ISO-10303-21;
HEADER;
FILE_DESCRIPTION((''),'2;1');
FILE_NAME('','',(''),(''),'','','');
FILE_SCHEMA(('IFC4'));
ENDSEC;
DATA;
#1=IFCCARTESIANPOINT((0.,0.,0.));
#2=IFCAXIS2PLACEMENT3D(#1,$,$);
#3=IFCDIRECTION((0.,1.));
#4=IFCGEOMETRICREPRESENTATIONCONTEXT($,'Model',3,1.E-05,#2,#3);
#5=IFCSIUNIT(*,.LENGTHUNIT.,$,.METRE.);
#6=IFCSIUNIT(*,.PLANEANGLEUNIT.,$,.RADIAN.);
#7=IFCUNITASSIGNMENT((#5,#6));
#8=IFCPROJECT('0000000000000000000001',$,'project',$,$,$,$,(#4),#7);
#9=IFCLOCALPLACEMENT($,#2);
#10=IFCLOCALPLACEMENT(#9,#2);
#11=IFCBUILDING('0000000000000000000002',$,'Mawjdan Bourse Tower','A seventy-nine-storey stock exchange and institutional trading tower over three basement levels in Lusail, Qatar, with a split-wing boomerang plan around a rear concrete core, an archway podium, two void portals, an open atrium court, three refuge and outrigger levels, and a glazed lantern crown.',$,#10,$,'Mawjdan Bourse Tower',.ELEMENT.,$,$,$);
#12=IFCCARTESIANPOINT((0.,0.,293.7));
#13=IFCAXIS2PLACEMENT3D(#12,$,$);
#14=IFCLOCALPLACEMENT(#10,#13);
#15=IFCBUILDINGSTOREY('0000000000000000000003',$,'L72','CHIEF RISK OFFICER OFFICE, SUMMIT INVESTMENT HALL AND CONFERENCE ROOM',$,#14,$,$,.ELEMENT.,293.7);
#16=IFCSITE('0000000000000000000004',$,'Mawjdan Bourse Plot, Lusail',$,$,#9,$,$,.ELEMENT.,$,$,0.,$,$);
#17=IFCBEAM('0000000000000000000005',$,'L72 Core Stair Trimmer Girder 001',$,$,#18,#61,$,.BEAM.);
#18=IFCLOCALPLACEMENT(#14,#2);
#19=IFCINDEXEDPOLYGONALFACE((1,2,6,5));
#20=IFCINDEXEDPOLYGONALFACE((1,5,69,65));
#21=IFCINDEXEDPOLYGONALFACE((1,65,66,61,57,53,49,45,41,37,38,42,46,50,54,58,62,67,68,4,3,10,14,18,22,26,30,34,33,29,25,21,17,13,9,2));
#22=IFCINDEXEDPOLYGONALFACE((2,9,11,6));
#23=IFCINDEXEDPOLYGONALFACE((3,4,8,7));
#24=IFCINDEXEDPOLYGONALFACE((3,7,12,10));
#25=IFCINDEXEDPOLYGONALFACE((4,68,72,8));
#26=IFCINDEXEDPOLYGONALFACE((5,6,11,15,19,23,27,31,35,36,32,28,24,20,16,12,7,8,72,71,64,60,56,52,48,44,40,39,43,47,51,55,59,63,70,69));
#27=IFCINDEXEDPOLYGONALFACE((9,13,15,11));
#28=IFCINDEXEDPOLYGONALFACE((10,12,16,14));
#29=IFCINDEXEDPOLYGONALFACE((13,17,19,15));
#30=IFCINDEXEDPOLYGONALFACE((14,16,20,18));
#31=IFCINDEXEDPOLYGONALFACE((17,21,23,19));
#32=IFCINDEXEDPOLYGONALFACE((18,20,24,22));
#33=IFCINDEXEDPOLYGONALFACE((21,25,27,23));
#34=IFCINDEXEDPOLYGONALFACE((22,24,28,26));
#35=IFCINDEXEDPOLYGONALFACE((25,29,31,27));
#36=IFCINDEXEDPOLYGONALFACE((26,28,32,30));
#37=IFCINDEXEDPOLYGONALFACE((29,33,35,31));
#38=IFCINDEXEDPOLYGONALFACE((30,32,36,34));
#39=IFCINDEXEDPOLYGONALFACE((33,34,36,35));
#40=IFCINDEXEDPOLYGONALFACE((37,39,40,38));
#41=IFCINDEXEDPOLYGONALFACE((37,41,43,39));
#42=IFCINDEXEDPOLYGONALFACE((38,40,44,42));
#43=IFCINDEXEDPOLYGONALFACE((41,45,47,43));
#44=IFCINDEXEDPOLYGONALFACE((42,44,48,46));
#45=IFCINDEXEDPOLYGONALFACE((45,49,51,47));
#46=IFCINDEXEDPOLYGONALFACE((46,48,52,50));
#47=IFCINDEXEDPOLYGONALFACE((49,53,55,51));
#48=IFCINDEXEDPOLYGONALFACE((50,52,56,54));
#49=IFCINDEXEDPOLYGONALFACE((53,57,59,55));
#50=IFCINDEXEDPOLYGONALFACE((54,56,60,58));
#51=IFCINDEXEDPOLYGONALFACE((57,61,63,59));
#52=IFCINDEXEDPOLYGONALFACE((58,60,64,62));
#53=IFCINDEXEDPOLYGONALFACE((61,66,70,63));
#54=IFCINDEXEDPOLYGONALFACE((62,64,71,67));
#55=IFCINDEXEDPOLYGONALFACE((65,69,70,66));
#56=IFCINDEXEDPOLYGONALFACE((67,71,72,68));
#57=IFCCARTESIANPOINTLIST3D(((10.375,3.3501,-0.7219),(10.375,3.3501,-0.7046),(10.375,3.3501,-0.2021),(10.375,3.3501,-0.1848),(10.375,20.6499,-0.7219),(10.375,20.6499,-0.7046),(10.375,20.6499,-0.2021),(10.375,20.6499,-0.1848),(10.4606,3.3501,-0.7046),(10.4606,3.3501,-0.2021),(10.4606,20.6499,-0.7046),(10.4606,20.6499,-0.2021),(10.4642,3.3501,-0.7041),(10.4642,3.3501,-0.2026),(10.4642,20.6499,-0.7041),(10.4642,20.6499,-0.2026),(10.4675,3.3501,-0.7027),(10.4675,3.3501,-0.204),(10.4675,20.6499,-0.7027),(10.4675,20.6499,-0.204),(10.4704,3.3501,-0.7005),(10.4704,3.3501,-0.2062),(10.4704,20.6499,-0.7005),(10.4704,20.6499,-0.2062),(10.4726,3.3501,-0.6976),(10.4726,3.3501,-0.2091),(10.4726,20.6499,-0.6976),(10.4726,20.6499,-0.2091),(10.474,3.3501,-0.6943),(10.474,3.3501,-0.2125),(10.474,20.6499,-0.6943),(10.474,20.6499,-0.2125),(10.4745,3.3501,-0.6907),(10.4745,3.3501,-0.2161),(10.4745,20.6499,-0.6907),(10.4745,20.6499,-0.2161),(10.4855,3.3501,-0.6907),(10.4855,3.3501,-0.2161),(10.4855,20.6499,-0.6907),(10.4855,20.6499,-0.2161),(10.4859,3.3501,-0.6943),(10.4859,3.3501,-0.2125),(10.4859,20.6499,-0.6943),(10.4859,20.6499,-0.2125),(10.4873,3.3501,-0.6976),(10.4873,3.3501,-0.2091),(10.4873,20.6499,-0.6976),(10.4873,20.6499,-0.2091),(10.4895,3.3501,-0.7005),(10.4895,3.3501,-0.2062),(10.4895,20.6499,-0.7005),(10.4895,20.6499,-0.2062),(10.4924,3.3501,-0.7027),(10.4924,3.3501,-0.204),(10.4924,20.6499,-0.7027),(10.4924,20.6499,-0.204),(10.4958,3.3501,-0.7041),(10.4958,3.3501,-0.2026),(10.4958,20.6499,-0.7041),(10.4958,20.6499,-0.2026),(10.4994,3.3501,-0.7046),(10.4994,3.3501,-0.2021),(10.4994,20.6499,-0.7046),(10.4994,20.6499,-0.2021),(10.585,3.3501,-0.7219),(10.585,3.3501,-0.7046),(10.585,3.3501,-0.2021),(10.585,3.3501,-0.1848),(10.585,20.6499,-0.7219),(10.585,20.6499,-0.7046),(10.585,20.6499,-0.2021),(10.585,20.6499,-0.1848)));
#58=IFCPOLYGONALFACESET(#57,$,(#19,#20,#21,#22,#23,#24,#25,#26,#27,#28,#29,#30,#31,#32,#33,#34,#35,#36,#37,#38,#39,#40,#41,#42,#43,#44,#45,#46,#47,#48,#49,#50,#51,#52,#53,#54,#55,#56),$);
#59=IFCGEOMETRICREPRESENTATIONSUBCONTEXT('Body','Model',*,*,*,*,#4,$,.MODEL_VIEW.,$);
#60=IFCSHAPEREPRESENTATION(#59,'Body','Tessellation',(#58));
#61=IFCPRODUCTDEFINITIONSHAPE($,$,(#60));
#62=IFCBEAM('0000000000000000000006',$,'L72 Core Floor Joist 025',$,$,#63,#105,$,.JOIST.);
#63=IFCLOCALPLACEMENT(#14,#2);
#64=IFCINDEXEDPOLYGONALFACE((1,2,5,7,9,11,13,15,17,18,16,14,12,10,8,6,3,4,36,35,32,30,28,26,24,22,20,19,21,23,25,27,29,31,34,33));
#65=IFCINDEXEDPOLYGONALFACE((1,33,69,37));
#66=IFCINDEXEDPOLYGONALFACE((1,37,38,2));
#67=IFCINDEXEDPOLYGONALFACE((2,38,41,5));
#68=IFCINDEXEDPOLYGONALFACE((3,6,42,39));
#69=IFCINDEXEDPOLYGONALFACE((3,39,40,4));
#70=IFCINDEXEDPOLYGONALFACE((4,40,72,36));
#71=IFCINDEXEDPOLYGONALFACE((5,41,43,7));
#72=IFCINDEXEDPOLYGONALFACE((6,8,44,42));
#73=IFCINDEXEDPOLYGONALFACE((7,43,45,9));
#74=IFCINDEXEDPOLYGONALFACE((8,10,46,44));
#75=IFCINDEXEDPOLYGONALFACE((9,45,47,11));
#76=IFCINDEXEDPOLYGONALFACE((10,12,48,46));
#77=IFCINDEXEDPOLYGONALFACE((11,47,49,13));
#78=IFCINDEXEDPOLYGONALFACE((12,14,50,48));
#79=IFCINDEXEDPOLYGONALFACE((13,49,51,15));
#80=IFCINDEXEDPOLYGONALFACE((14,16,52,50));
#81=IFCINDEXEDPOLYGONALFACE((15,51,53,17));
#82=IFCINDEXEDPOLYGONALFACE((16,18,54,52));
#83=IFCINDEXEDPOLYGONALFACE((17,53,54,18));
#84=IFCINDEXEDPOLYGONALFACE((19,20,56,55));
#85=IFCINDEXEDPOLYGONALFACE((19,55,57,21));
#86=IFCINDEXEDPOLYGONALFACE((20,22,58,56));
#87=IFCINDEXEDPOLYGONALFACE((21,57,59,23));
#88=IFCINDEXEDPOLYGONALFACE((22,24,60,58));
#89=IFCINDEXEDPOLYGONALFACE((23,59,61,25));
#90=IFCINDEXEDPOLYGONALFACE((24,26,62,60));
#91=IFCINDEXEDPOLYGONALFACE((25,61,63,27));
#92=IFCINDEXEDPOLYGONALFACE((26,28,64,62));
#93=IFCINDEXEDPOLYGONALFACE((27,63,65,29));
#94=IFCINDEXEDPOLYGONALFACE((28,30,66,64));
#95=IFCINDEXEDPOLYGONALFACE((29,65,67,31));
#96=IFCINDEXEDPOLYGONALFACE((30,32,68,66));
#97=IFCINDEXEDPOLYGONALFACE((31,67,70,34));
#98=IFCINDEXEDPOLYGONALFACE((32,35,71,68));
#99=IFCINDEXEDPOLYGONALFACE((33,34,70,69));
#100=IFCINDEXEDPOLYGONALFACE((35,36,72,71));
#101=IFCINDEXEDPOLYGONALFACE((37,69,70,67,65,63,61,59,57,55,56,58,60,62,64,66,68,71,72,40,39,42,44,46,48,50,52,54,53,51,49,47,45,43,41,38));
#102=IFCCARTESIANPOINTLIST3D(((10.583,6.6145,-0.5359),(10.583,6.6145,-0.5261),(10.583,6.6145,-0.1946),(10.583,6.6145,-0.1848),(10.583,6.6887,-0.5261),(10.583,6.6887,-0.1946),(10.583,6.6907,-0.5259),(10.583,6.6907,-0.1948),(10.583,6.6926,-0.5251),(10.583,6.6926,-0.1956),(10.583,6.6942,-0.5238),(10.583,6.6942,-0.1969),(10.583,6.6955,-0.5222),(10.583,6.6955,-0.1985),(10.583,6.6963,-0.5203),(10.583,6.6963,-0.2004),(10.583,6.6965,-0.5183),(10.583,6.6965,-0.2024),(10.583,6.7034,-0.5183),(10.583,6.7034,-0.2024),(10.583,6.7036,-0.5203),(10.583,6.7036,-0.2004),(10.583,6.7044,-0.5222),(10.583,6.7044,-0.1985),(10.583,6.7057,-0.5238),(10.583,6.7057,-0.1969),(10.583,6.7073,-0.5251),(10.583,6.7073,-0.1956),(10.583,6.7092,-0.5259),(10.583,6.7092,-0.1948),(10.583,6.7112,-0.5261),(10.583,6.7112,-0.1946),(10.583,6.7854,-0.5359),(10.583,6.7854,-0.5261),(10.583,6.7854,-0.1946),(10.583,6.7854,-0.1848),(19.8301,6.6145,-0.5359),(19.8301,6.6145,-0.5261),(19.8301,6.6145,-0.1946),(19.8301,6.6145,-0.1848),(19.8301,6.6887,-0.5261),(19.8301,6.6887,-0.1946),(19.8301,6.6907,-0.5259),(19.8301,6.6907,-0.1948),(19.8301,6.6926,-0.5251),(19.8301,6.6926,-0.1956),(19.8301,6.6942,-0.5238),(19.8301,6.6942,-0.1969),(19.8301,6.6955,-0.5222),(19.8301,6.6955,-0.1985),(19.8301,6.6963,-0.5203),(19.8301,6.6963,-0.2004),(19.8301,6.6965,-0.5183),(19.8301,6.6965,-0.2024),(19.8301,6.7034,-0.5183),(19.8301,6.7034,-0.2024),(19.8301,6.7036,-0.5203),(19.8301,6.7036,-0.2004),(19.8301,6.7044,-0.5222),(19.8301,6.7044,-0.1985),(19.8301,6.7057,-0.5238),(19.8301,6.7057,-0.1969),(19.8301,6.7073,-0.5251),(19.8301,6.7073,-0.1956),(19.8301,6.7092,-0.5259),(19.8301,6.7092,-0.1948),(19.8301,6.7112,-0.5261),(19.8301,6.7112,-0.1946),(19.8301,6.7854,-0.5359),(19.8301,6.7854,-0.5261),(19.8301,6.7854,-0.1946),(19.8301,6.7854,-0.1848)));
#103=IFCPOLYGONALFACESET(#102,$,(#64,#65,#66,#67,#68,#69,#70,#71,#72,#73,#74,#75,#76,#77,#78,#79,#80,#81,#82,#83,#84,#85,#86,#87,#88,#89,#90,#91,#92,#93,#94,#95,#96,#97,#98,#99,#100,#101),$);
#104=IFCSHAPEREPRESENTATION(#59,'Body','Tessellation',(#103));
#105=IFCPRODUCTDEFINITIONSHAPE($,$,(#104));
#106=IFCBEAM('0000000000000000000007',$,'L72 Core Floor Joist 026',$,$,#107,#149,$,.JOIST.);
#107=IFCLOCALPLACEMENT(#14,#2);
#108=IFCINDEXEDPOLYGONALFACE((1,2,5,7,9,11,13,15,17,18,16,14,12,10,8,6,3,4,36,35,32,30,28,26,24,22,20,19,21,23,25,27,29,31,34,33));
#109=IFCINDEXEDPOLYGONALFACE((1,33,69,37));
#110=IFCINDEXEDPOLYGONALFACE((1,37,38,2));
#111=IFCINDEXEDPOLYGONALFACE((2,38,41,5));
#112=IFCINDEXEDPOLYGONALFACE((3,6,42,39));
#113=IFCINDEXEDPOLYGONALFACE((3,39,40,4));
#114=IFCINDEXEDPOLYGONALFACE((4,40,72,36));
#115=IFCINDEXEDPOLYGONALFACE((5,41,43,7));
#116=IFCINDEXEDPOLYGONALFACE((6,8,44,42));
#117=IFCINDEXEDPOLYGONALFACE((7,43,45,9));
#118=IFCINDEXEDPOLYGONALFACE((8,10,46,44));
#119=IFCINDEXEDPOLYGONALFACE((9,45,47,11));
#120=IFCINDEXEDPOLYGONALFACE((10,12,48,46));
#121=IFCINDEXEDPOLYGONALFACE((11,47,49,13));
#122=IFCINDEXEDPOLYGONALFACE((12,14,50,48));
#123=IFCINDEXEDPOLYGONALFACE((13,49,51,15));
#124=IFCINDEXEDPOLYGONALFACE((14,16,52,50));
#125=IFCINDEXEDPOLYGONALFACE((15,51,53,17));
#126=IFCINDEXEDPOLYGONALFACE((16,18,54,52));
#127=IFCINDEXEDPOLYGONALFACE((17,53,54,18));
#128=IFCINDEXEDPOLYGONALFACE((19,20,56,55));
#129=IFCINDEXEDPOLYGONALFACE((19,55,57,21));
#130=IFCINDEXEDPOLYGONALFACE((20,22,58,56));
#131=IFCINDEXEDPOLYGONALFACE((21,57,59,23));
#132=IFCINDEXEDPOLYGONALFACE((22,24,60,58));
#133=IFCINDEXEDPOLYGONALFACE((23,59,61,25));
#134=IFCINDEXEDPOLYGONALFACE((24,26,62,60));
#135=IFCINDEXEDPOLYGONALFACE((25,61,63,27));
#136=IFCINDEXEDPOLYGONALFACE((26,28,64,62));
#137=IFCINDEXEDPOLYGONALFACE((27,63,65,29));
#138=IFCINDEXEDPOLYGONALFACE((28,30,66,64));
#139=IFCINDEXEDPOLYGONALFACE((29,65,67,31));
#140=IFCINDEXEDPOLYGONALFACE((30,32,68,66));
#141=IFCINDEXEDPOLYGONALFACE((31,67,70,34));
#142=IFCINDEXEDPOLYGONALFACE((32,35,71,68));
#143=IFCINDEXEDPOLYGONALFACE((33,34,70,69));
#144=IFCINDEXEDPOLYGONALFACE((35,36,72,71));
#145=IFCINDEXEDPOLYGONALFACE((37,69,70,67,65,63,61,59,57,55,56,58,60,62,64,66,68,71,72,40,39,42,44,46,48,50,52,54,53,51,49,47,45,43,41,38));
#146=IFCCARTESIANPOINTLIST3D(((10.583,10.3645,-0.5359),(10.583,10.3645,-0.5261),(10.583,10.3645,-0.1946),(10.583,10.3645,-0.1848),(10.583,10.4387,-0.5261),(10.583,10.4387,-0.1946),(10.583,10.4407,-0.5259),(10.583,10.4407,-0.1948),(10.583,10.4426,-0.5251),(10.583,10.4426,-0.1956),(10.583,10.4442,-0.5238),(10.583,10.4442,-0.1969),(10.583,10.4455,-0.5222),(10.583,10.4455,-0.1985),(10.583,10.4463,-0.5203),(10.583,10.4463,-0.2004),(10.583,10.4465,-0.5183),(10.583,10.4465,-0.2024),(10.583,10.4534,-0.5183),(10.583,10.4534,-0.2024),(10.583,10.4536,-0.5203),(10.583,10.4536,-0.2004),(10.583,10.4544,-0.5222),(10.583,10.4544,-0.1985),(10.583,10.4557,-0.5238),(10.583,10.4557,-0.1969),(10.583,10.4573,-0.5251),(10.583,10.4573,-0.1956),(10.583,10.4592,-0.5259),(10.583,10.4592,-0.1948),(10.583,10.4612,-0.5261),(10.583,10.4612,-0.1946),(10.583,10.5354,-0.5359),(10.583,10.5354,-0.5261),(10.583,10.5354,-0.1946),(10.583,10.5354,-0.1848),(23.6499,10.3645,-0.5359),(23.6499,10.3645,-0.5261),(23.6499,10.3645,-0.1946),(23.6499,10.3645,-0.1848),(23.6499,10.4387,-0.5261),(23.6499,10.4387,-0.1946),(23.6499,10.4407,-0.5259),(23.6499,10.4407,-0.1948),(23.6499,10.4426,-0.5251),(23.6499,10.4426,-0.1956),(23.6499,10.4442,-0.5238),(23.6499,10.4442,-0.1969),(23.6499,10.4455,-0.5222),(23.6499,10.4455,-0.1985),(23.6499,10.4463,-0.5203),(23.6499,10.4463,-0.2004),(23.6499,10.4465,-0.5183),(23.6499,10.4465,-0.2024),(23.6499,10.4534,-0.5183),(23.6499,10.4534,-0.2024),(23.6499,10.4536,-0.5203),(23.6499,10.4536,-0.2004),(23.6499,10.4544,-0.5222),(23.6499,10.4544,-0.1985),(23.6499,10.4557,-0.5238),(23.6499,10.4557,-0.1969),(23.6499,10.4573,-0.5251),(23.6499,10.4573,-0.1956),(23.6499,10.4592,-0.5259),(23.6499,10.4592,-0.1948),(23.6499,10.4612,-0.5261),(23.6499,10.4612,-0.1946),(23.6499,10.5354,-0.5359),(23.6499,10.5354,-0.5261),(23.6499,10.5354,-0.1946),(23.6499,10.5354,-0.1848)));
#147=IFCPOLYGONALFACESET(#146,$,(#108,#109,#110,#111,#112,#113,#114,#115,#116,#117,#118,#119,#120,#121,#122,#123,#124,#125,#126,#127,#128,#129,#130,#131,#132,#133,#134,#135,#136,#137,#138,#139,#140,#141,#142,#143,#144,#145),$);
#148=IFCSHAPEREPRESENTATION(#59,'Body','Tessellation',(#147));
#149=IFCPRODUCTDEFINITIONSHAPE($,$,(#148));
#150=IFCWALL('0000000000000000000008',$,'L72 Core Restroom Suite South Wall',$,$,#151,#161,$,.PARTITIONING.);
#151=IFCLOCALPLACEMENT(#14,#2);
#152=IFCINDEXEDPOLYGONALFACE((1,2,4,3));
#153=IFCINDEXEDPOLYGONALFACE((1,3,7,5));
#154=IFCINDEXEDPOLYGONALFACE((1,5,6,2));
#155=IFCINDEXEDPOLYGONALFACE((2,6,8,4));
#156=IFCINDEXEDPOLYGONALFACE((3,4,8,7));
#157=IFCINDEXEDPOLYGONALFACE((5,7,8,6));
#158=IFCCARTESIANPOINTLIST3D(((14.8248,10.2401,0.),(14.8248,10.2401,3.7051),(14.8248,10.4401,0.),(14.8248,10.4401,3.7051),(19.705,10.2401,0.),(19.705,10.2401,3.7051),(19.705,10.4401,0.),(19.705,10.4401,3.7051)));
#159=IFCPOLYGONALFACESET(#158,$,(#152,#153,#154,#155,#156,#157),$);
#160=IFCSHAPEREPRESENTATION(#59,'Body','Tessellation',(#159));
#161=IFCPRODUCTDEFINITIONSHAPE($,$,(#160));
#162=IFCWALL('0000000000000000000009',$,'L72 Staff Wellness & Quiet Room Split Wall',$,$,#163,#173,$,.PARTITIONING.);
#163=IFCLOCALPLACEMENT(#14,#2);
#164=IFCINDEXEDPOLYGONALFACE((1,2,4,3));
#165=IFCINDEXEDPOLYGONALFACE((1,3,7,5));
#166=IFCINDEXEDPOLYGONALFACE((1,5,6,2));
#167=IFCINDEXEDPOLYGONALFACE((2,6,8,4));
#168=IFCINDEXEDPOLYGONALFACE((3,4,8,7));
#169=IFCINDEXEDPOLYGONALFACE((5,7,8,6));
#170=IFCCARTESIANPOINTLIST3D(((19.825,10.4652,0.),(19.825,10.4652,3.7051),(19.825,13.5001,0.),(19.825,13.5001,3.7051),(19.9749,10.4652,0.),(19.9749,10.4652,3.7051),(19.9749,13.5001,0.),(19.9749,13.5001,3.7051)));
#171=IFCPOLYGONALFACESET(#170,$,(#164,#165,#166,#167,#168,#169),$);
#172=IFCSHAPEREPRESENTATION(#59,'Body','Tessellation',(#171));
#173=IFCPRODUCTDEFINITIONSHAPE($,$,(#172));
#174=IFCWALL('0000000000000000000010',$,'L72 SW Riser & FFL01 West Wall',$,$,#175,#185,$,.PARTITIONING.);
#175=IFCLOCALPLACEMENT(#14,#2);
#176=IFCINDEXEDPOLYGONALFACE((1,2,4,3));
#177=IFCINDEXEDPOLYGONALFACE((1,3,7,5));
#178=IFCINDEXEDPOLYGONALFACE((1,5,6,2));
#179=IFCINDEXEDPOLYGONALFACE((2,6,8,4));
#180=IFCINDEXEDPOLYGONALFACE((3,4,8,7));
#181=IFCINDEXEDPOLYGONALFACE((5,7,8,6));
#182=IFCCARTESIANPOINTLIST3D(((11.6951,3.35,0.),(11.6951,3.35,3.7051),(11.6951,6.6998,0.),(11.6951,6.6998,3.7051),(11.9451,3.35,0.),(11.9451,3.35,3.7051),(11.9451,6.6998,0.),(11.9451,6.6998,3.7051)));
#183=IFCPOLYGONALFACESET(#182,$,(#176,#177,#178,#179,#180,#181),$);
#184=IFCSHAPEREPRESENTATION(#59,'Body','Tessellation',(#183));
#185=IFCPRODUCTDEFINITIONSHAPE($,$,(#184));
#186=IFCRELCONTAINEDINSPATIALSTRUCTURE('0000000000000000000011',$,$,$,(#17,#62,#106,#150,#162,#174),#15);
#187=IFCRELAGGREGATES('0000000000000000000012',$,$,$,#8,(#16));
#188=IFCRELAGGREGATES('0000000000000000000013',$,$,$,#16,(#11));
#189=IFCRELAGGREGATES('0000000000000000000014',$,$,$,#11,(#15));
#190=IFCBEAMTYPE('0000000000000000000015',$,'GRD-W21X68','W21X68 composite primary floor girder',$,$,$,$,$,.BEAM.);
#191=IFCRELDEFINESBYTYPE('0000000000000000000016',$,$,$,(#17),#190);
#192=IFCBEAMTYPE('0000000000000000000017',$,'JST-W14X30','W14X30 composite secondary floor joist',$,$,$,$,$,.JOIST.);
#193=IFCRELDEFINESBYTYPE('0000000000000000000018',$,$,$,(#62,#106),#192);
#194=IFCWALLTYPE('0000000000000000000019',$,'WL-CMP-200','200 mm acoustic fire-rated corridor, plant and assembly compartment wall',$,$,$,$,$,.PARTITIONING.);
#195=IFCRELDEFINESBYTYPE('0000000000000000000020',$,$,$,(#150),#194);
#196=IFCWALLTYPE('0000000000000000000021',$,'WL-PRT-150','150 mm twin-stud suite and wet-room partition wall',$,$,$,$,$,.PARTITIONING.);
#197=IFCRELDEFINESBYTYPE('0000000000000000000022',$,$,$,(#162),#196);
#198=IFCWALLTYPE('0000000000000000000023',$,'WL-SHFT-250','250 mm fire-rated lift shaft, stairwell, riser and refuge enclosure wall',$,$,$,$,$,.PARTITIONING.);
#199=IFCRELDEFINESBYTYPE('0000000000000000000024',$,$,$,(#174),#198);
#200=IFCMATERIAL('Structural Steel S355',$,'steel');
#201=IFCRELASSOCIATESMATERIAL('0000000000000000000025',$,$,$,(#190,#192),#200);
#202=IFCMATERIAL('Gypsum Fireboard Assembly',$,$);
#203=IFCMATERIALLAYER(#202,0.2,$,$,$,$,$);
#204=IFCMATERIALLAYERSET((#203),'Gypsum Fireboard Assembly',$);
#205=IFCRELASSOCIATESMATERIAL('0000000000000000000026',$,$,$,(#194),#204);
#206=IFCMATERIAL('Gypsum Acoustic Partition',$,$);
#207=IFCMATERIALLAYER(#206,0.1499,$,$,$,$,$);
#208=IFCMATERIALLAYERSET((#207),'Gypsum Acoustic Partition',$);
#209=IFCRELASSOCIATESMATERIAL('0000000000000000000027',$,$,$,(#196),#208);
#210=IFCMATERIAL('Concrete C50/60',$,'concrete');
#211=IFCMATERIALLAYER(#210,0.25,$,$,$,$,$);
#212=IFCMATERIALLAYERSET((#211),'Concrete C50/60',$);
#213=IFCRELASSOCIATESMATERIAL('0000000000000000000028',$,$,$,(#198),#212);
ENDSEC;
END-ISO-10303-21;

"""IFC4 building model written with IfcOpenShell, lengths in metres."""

from ifc_helpers import new_model, si_unit, direction, frame, frame_2d, origin, origin_2d, place, context, subcontext, project, spatial, rectangle, i_section, extrude, material, layer, layer_set, material_profile, profile_set, type_object, element, save


model = new_model("IFC4")

# Units and contexts
model_context = context("Model", 3, precision=1e-05, world=origin(), true_north=direction((0.0, 1.0)))
body_context = subcontext(model_context, "Body", "Model", "MODEL_VIEW")
ifc_project = project(units=[si_unit("LENGTHUNIT", "METRE"), si_unit("PLANEANGLEUNIT", "RADIAN")], contexts=[model_context])

# Site, building, storey
site_placement = place(None, origin())
site = spatial("IfcSite", under=ifc_project, at=site_placement, Name="Mawjdan Bourse Plot, Lusail", CompositionType="ELEMENT", RefElevation=0.0)
building_placement = place(site_placement, origin())
building = spatial("IfcBuilding", under=site, at=building_placement, Name="Mawjdan Bourse Tower", Description="A seventy-nine-storey stock exchange and institutional trading tower over three basement levels in Lusail, Qatar, with a split-wing boomerang plan around a rear concrete core, an archway podium, two void portals, an open atrium court, three refuge and outrigger levels, and a glazed lantern crown.", LongName="Mawjdan Bourse Tower", CompositionType="ELEMENT")
storey_placement = place(building_placement, frame((0.0, 0.0, 293.7)))
storey = spatial("IfcBuildingStorey", under=building, at=storey_placement, Name="L72", Description="CHIEF RISK OFFICER OFFICE, SUMMIT INVESTMENT HALL AND CONFERENCE ROOM", CompositionType="ELEMENT", Elevation=293.7)

# Beams
ifc_material_1 = material(Name="Structural Steel S355", Category="steel")
ifc_material_profile_1 = material_profile(ifc_material_1, i_section(OverallWidth=0.21, OverallDepth=0.5371, WebThickness=0.011, FlangeThickness=0.0173, FilletRadius=0.0139, at=origin_2d()), Name="W21X68")
ifc_profile_set_1 = profile_set([ifc_material_profile_1], Name="Structural Steel S355")
beam_type_1 = type_object("IfcBeamType", Name="GRD-W21X68", Description="W21X68 composite primary floor girder", PredefinedType="BEAM", material=ifc_profile_set_1)
beam_1_placement = place(storey_placement, frame((10.48, 3.3501, -0.4534), z_axis=(0.0, 1.0, 0.0), x_axis=(-1.0, 0.0, 0.0)))
element("IfcBeam", 1, at=beam_1_placement, inside=storey, type_object=beam_type_1, Name="L72 Core Stair Trimmer Girder 001", PredefinedType="BEAM", context=body_context, shape_type="SweptSolid", body=[
    extrude(i_section(OverallWidth=0.21, OverallDepth=0.5371, WebThickness=0.011, FlangeThickness=0.0173, FilletRadius=0.0139, at=origin_2d()), origin(), (0.0, 0.0, 1.0), 17.2998),
])
ifc_material_profile_2 = material_profile(ifc_material_1, i_section(OverallWidth=0.1709, OverallDepth=0.3511, WebThickness=0.0068, FlangeThickness=0.0098, FilletRadius=0.0078, at=origin_2d()), Name="W14X30")
ifc_profile_set_2 = profile_set([ifc_material_profile_2], Name="Structural Steel S355")
beam_type_2 = type_object("IfcBeamType", Name="JST-W14X30", Description="W14X30 composite secondary floor joist", PredefinedType="JOIST", material=ifc_profile_set_2)
beam_2_placement = place(storey_placement, frame((10.583, 6.7, -0.3604), z_axis=(1.0, 0.0, 0.0), x_axis=(0.0, 1.0, 0.0)))
element("IfcBeam", 2, at=beam_2_placement, inside=storey, type_object=beam_type_2, Name="L72 Core Floor Joist 025", PredefinedType="JOIST", context=body_context, shape_type="SweptSolid", body=[
    extrude(i_section(OverallWidth=0.1709, OverallDepth=0.3511, WebThickness=0.0068, FlangeThickness=0.0098, FilletRadius=0.0078, at=origin_2d()), origin(), (0.0, 0.0, 1.0), 9.2471),
])
beam_3_placement = place(storey_placement, frame((10.583, 10.45, -0.3604), z_axis=(1.0, 0.0, 0.0), x_axis=(0.0, 1.0, 0.0)))
element("IfcBeam", 3, at=beam_3_placement, inside=storey, type_object=beam_type_2, Name="L72 Core Floor Joist 026", PredefinedType="JOIST", context=body_context, shape_type="SweptSolid", body=[
    extrude(i_section(OverallWidth=0.1709, OverallDepth=0.3511, WebThickness=0.0068, FlangeThickness=0.0098, FilletRadius=0.0078, at=origin_2d()), origin(), (0.0, 0.0, 1.0), 13.0669),
])

# Shared definitions
ifc_material_2 = material(Name="Gypsum Fireboard Assembly")
ifc_layer_1 = layer(ifc_material_2, 0.2)
ifc_layer_set_1 = layer_set([ifc_layer_1], Name="Gypsum Fireboard Assembly")
wall_type_1 = type_object("IfcWallType", Name="WL-CMP-200", Description="200 mm acoustic fire-rated corridor, plant and assembly compartment wall", PredefinedType="PARTITIONING", material=ifc_layer_set_1)

# Walls
wall_1_placement = place(storey_placement, frame((14.825, 10.3401, 0.0), z_axis=(0.0, 0.0, 1.0), x_axis=(1.0, 0.0, 0.0)))
element("IfcWall", 4, at=wall_1_placement, inside=storey, type_object=wall_type_1, Name="L72 Core Restroom Suite South Wall", PredefinedType="PARTITIONING", context=body_context, shape_type="SweptSolid", body=[
    extrude(rectangle(XDim=4.8801, YDim=0.2, at=frame_2d((2.4399, 0.0))), origin(), (0.0, 0.0, 1.0), 3.7051),
])
ifc_material_3 = material(Name="Gypsum Acoustic Partition")
ifc_layer_2 = layer(ifc_material_3, 0.1499)
ifc_layer_set_2 = layer_set([ifc_layer_2], Name="Gypsum Acoustic Partition")
wall_type_2 = type_object("IfcWallType", Name="WL-PRT-150", Description="150 mm twin-stud suite and wet-room partition wall", PredefinedType="PARTITIONING", material=ifc_layer_set_2)
wall_2_placement = place(storey_placement, frame((19.8999, 10.4651, 0.0), z_axis=(0.0, 0.0, 1.0), x_axis=(0.0, 1.0, 0.0)))
element("IfcWall", 5, at=wall_2_placement, inside=storey, type_object=wall_type_2, Name="L72 Staff Wellness & Quiet Room Split Wall", PredefinedType="PARTITIONING", context=body_context, shape_type="SweptSolid", body=[
    extrude(rectangle(XDim=3.0349, YDim=0.1499, at=frame_2d((1.5176, 0.0))), origin(), (0.0, 0.0, 1.0), 3.7051),
])
ifc_material_4 = material(Name="Concrete C50/60", Category="concrete")
ifc_layer_3 = layer(ifc_material_4, 0.25)
ifc_layer_set_3 = layer_set([ifc_layer_3], Name="Concrete C50/60")
wall_type_3 = type_object("IfcWallType", Name="WL-SHFT-250", Description="250 mm fire-rated lift shaft, stairwell, riser and refuge enclosure wall", PredefinedType="PARTITIONING", material=ifc_layer_set_3)
wall_3_placement = place(storey_placement, frame((11.8201, 3.3501, 0.0), z_axis=(0.0, 0.0, 1.0), x_axis=(0.0, 1.0, 0.0)))
element("IfcWall", 6, at=wall_3_placement, inside=storey, type_object=wall_type_3, Name="L72 SW Riser & FFL01 West Wall", PredefinedType="PARTITIONING", context=body_context, shape_type="SweptSolid", body=[
    extrude(rectangle(XDim=3.3499, YDim=0.25, at=frame_2d((1.6748, 0.0))), origin(), (0.0, 0.0, 1.0), 3.7051),
])

save(model, "model.ifc")
